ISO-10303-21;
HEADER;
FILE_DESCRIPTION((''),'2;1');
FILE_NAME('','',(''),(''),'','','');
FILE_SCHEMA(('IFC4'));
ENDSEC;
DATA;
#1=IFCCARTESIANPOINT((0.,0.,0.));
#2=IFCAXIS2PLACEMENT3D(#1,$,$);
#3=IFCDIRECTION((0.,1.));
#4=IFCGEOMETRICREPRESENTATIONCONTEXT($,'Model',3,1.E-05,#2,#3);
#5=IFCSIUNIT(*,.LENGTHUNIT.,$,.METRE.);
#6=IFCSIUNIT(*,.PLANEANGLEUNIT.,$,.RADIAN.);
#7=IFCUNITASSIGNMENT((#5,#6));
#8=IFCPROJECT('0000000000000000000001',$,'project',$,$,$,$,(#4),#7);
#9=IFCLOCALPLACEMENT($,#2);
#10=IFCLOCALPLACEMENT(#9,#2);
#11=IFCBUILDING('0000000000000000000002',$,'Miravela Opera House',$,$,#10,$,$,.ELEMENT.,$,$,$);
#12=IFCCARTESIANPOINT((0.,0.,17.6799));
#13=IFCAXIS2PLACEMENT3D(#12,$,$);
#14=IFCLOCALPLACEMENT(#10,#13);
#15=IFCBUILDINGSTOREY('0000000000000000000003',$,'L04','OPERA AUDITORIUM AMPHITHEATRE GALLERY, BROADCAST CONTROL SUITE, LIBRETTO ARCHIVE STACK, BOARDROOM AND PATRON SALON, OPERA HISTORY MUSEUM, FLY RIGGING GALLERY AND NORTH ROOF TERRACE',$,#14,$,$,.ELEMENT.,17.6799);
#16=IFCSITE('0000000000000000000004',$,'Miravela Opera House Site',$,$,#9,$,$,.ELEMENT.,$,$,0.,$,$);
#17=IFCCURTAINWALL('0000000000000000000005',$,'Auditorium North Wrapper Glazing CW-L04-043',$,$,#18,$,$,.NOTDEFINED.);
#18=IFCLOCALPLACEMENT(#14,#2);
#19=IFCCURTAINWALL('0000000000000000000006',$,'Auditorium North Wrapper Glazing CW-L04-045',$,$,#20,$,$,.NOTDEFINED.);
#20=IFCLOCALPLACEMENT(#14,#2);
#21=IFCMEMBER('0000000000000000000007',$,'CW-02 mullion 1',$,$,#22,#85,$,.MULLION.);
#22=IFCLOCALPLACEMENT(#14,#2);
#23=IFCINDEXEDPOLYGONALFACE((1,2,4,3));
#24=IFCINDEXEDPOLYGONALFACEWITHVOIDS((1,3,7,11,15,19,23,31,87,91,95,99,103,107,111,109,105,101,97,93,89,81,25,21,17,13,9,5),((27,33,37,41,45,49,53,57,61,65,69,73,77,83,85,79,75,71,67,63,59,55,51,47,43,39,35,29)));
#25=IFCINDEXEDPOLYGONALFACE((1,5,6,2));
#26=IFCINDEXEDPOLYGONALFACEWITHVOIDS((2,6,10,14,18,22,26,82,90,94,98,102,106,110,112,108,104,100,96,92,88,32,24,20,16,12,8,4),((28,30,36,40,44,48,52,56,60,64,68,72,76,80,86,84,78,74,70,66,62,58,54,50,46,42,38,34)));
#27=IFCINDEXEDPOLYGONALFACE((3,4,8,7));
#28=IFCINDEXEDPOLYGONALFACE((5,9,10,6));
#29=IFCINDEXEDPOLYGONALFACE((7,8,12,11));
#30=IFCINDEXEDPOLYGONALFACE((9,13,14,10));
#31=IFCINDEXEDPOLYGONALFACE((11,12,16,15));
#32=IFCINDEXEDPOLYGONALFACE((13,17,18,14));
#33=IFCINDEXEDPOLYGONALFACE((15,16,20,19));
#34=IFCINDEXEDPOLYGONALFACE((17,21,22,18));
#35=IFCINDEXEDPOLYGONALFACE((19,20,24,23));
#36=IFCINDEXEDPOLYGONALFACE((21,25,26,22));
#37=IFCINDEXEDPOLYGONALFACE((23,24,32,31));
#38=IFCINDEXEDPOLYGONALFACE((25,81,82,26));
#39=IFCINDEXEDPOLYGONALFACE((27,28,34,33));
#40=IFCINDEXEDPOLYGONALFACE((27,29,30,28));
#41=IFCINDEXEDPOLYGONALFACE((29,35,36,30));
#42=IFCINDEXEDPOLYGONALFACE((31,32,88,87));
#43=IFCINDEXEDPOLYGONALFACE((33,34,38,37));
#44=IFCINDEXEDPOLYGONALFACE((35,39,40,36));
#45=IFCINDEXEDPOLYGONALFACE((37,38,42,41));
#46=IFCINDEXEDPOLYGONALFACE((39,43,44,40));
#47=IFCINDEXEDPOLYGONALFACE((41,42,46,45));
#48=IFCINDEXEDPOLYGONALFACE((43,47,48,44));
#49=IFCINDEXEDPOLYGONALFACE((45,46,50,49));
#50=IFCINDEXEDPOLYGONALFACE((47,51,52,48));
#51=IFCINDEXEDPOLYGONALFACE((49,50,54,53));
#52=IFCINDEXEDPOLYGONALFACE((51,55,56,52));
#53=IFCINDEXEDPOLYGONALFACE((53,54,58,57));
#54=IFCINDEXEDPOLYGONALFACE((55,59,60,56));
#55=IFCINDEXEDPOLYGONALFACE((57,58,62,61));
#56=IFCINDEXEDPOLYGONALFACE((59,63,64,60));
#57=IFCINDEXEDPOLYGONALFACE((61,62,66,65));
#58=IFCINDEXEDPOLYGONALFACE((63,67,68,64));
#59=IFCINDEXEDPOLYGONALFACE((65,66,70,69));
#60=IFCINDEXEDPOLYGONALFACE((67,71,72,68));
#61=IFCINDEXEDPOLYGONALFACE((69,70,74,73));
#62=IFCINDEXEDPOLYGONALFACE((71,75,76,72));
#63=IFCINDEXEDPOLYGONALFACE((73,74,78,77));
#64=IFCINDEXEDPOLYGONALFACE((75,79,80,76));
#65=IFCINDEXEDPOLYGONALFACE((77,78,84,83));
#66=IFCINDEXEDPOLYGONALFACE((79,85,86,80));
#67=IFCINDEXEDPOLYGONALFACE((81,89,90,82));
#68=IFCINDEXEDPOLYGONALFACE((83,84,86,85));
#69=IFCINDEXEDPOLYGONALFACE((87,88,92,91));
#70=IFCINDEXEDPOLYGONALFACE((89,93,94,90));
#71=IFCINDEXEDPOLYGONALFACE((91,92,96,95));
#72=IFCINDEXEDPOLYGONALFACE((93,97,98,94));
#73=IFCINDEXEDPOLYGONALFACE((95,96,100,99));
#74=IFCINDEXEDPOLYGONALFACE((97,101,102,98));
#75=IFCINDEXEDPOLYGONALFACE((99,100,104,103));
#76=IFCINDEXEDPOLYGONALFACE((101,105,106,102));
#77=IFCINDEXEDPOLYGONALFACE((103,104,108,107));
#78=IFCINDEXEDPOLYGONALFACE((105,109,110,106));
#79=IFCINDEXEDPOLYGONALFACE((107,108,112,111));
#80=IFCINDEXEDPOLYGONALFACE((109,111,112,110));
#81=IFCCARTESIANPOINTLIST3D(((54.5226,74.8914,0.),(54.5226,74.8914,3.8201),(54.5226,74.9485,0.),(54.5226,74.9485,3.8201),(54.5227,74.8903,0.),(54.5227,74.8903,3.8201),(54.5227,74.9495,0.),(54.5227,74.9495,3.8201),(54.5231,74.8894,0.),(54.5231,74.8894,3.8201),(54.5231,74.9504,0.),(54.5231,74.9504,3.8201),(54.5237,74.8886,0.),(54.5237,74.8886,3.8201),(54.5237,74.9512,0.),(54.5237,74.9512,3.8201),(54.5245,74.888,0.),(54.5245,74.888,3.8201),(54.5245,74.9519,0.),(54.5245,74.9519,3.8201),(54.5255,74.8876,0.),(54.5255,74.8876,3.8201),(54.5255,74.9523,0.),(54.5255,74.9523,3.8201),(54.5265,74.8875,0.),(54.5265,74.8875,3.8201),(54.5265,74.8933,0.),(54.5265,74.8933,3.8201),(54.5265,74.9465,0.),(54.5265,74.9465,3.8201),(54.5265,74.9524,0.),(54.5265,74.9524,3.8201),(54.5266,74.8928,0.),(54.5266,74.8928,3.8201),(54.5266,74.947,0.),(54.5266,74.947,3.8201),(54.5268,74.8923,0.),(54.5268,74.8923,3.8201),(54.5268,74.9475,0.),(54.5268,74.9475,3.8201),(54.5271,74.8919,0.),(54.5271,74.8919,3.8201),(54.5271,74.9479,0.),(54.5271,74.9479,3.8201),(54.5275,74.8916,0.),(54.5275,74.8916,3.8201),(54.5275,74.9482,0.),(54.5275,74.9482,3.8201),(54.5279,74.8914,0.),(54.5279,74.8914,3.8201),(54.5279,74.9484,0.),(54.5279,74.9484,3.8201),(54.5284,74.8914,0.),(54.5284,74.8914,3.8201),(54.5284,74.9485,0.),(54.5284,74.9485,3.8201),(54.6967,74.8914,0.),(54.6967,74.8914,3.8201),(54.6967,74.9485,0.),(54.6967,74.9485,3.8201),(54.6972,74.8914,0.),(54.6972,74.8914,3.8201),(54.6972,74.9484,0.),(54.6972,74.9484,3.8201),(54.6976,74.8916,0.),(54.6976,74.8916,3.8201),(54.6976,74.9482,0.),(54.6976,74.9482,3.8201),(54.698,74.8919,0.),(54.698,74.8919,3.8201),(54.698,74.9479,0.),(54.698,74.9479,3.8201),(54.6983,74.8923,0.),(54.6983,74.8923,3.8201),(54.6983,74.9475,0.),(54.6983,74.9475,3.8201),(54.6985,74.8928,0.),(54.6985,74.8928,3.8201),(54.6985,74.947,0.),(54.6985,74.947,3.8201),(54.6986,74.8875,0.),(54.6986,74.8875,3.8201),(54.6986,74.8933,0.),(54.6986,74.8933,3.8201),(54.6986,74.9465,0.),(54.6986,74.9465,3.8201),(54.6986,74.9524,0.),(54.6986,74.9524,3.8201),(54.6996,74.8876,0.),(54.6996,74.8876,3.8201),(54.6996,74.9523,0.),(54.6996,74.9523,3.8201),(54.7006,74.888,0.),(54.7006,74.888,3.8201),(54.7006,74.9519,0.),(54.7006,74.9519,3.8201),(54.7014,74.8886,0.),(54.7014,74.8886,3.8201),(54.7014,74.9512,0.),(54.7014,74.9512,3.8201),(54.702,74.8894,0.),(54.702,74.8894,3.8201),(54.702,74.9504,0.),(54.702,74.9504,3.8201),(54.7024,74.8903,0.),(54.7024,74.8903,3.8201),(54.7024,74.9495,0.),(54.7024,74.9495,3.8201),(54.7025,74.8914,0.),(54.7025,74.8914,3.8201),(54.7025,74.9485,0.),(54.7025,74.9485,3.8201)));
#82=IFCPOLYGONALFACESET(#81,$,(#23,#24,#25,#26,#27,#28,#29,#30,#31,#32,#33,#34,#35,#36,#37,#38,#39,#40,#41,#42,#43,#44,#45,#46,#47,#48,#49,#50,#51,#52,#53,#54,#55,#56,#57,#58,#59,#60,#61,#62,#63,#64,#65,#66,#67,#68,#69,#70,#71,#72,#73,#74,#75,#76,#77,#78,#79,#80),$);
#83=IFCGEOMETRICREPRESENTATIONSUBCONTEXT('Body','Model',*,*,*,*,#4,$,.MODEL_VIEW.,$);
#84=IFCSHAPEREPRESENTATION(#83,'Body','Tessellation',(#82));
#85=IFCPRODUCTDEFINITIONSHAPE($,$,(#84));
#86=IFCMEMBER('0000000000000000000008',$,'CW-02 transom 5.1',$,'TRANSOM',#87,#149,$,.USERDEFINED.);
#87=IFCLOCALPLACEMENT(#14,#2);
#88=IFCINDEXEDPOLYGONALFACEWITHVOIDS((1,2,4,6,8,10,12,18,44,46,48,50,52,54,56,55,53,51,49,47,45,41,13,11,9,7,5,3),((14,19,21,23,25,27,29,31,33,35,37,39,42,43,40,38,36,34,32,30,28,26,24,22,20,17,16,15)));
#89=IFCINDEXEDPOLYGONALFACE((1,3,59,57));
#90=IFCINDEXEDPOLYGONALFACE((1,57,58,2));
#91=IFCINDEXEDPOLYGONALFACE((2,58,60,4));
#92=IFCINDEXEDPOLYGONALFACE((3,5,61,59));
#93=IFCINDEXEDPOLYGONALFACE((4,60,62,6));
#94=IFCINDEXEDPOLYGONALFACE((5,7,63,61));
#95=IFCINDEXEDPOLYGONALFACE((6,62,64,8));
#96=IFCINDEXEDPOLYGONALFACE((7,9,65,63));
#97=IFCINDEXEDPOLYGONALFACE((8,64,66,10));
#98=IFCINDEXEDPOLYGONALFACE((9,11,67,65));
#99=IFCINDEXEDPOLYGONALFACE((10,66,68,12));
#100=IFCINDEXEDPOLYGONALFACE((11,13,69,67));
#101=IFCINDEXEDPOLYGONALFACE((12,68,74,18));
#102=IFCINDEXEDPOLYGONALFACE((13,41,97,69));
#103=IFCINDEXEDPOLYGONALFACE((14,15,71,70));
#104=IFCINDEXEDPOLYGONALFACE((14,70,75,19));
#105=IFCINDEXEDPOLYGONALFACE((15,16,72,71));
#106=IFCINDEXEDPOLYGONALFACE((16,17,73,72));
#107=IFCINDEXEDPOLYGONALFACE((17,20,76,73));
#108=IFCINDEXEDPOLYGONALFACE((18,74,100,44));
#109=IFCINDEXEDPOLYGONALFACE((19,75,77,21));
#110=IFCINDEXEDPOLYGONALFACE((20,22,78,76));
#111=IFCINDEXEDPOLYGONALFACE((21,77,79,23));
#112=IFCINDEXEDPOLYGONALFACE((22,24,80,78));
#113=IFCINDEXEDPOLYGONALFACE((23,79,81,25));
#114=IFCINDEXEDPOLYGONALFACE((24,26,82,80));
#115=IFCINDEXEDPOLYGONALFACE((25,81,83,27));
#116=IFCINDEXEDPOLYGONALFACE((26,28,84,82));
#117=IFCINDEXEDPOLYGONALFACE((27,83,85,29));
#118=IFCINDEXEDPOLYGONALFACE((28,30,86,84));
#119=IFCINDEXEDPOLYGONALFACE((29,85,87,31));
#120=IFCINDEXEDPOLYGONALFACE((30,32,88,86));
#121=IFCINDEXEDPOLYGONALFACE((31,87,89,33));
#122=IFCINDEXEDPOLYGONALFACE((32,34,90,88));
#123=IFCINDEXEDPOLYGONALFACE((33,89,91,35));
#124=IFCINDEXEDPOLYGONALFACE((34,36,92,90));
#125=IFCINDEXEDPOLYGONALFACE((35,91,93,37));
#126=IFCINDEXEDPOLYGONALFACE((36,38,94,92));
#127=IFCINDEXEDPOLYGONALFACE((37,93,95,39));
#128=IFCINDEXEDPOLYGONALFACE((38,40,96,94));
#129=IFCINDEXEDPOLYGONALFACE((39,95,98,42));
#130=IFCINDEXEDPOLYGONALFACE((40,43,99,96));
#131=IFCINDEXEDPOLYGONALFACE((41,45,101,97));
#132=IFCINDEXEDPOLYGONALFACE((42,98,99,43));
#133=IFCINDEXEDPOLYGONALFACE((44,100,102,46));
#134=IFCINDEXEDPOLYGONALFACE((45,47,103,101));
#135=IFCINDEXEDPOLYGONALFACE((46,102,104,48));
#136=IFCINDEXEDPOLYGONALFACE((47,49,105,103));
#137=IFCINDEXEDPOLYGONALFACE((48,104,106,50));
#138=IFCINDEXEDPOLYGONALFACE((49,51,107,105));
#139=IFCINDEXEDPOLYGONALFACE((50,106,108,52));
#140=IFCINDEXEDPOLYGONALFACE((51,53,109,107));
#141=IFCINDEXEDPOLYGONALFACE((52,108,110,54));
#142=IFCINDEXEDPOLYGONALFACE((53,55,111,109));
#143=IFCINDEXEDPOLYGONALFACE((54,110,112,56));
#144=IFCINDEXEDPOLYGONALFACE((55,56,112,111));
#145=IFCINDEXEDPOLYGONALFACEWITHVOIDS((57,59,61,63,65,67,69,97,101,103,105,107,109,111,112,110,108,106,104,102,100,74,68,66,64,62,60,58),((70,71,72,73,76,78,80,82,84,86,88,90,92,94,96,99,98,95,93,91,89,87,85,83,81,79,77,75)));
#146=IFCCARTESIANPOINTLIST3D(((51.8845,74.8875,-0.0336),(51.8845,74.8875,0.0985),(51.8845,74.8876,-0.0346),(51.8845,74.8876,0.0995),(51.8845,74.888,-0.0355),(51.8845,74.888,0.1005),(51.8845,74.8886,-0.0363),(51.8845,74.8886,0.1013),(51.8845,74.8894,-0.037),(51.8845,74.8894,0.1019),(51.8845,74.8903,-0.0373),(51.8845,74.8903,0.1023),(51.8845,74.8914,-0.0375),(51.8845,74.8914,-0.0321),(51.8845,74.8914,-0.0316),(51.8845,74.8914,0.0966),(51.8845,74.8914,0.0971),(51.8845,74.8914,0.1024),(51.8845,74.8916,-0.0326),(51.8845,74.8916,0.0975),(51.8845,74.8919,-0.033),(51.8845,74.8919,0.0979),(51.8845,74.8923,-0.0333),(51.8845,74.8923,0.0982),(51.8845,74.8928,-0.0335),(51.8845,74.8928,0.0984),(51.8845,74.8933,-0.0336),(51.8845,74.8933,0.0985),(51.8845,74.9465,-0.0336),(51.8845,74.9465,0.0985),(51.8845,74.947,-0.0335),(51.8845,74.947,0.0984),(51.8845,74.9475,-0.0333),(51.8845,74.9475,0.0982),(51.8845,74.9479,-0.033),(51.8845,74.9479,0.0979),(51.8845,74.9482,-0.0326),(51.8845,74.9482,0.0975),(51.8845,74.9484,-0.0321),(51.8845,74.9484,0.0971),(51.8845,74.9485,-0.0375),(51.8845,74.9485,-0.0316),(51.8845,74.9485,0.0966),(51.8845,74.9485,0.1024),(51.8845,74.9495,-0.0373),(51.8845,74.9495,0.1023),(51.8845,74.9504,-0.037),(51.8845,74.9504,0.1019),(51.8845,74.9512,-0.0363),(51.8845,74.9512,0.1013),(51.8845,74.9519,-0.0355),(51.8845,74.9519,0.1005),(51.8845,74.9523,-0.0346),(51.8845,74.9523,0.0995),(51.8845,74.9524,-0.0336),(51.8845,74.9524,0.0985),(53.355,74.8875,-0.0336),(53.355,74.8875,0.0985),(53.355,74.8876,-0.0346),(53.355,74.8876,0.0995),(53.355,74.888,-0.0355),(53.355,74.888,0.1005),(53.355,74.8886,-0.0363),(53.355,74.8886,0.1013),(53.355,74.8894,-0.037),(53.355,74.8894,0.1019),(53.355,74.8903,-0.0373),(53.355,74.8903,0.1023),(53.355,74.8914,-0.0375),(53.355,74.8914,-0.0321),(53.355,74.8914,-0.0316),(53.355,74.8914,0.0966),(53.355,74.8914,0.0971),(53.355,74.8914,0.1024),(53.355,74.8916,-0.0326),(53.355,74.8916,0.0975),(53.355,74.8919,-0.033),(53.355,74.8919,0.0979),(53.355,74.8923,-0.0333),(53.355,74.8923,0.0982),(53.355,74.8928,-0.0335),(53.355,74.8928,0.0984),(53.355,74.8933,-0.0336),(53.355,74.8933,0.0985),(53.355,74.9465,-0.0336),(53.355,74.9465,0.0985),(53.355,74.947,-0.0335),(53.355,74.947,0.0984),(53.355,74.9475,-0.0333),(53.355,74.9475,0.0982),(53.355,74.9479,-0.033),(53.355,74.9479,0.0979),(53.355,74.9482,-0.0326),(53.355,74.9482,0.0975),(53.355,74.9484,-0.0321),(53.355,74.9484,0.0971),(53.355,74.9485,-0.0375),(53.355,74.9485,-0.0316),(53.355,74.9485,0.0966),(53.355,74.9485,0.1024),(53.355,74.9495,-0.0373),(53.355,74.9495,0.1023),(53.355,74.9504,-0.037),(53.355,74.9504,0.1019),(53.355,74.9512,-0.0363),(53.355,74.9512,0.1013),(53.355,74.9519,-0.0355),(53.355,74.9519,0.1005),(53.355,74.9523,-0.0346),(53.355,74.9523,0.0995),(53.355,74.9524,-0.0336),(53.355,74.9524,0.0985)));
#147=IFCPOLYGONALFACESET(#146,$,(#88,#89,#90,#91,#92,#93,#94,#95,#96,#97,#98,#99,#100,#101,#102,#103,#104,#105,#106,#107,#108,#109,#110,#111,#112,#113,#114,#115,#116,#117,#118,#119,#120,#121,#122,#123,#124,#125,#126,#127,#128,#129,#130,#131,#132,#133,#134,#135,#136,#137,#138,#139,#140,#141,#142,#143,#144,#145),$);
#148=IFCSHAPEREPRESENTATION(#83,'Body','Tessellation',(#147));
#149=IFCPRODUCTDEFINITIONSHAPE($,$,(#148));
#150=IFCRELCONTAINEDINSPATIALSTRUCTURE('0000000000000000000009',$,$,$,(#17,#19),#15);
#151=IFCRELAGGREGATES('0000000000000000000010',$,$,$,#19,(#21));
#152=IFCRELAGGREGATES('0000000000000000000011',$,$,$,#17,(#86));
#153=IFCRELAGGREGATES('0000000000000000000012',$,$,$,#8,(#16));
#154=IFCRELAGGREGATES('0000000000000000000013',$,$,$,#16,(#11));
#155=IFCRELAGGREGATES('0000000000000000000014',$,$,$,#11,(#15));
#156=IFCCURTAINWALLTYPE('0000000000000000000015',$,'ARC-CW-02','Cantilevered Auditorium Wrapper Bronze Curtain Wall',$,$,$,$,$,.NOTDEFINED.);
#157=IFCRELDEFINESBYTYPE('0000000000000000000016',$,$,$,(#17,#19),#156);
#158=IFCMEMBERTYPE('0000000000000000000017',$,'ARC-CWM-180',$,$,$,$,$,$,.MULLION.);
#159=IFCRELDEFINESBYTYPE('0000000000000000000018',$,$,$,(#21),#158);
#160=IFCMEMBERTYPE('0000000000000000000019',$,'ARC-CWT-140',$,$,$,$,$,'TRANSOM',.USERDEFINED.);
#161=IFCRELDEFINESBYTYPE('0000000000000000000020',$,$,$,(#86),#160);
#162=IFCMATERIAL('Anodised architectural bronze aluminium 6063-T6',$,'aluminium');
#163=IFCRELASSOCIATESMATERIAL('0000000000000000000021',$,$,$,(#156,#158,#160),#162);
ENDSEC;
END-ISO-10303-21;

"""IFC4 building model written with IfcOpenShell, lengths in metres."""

from ifc_helpers import new_model, si_unit, direction, frame, origin, origin_2d, place, context, subcontext, project, spatial, hollow_rectangle, extrude, material, material_profile, profile_set, type_object, element, aggregate, save


model = new_model("IFC4")

# Units and contexts
model_context = context("Model", 3, precision=1e-05, world=origin(), true_north=direction((0.0, 1.0)))
body_context = subcontext(model_context, "Body", "Model", "MODEL_VIEW")
ifc_project = project(units=[si_unit("LENGTHUNIT", "METRE"), si_unit("PLANEANGLEUNIT", "RADIAN")], contexts=[model_context])

# Site, building, storey
site_placement = place(None, origin())
site = spatial("IfcSite", under=ifc_project, at=site_placement, Name="Miravela Opera House Site", CompositionType="ELEMENT", RefElevation=0.0)
building_placement = place(site_placement, origin())
building = spatial("IfcBuilding", under=site, at=building_placement, Name="Miravela Opera House", CompositionType="ELEMENT")
storey_placement = place(building_placement, frame((0.0, 0.0, 17.6799)))
storey = spatial("IfcBuildingStorey", under=building, at=storey_placement, Name="L04", Description="OPERA AUDITORIUM AMPHITHEATRE GALLERY, BROADCAST CONTROL SUITE, LIBRETTO ARCHIVE STACK, BOARDROOM AND PATRON SALON, OPERA HISTORY MUSEUM, FLY RIGGING GALLERY AND NORTH ROOF TERRACE", CompositionType="ELEMENT", Elevation=17.6799)

# Curtain wall
ifc_material_1 = material(Name="Anodised architectural bronze aluminium 6063-T6", Category="aluminium")
curtain_wall_type = type_object("IfcCurtainWallType", Name="ARC-CW-02", Description="Cantilevered Auditorium Wrapper Bronze Curtain Wall", PredefinedType="NOTDEFINED", material=ifc_material_1)
curtain_wall_1_placement = place(storey_placement, origin())
curtain_wall_1 = element("IfcCurtainWall", 1, at=curtain_wall_1_placement, inside=storey, type_object=curtain_wall_type, Name="Auditorium North Wrapper Glazing CW-L04-043", PredefinedType="NOTDEFINED")
ifc_material_profile_1 = material_profile(ifc_material_1, hollow_rectangle(XDim=0.0649, YDim=0.1799, WallThickness=0.0039, InnerFilletRadius=0.002, OuterFilletRadius=0.0039, at=origin_2d()), Name="CWM-65X180")
ifc_profile_set_1 = profile_set([ifc_material_profile_1])
member_type_1 = type_object("IfcMemberType", Name="ARC-CWM-180", PredefinedType="MULLION", material=ifc_profile_set_1)

# Curtain wall, member
curtain_wall_2_placement = place(storey_placement, origin())
curtain_wall_2 = element("IfcCurtainWall", 2, at=curtain_wall_2_placement, inside=storey, type_object=curtain_wall_type, Name="Auditorium North Wrapper Glazing CW-L04-045", PredefinedType="NOTDEFINED")
member_1_placement = place(storey_placement, frame((54.6125, 74.9199, 0.0), z_axis=(0.0, 0.0, 1.0), x_axis=(0.0, 1.0, 0.0)))
member_1 = element("IfcMember", 3, at=member_1_placement, type_object=member_type_1, Name="CW-02 mullion 1", PredefinedType="MULLION", context=body_context, shape_type="SweptSolid", body=[
    extrude(hollow_rectangle(XDim=0.0649, YDim=0.1799, WallThickness=0.0039, InnerFilletRadius=0.002, OuterFilletRadius=0.0039, at=origin_2d()), origin(), (0.0, 0.0, 1.0), 3.8201),
])

# Member
ifc_material_profile_2 = material_profile(ifc_material_1, hollow_rectangle(XDim=0.0649, YDim=0.1399, WallThickness=0.0039, InnerFilletRadius=0.002, OuterFilletRadius=0.0039, at=origin_2d()), Name="CWT-65X140")
ifc_profile_set_2 = profile_set([ifc_material_profile_2])
member_type_2 = type_object("IfcMemberType", Name="ARC-CWT-140", ElementType="TRANSOM", PredefinedType="USERDEFINED", material=ifc_profile_set_2)
member_2_placement = place(storey_placement, frame((51.8845, 74.9199, 0.0325), z_axis=(1.0, 0.0, 0.0), x_axis=(0.0, 1.0, 0.0)))
member_2 = element("IfcMember", 4, at=member_2_placement, type_object=member_type_2, Name="CW-02 transom 5.1", ObjectType="TRANSOM", PredefinedType="USERDEFINED", context=body_context, shape_type="SweptSolid", body=[
    extrude(hollow_rectangle(XDim=0.0649, YDim=0.1399, WallThickness=0.0039, InnerFilletRadius=0.002, OuterFilletRadius=0.0039, at=origin_2d()), origin(), (0.0, 0.0, 1.0), 1.4705),
])
aggregate(curtain_wall_2, [member_1])

aggregate(curtain_wall_1, [member_2])

save(model, "model.ifc")
